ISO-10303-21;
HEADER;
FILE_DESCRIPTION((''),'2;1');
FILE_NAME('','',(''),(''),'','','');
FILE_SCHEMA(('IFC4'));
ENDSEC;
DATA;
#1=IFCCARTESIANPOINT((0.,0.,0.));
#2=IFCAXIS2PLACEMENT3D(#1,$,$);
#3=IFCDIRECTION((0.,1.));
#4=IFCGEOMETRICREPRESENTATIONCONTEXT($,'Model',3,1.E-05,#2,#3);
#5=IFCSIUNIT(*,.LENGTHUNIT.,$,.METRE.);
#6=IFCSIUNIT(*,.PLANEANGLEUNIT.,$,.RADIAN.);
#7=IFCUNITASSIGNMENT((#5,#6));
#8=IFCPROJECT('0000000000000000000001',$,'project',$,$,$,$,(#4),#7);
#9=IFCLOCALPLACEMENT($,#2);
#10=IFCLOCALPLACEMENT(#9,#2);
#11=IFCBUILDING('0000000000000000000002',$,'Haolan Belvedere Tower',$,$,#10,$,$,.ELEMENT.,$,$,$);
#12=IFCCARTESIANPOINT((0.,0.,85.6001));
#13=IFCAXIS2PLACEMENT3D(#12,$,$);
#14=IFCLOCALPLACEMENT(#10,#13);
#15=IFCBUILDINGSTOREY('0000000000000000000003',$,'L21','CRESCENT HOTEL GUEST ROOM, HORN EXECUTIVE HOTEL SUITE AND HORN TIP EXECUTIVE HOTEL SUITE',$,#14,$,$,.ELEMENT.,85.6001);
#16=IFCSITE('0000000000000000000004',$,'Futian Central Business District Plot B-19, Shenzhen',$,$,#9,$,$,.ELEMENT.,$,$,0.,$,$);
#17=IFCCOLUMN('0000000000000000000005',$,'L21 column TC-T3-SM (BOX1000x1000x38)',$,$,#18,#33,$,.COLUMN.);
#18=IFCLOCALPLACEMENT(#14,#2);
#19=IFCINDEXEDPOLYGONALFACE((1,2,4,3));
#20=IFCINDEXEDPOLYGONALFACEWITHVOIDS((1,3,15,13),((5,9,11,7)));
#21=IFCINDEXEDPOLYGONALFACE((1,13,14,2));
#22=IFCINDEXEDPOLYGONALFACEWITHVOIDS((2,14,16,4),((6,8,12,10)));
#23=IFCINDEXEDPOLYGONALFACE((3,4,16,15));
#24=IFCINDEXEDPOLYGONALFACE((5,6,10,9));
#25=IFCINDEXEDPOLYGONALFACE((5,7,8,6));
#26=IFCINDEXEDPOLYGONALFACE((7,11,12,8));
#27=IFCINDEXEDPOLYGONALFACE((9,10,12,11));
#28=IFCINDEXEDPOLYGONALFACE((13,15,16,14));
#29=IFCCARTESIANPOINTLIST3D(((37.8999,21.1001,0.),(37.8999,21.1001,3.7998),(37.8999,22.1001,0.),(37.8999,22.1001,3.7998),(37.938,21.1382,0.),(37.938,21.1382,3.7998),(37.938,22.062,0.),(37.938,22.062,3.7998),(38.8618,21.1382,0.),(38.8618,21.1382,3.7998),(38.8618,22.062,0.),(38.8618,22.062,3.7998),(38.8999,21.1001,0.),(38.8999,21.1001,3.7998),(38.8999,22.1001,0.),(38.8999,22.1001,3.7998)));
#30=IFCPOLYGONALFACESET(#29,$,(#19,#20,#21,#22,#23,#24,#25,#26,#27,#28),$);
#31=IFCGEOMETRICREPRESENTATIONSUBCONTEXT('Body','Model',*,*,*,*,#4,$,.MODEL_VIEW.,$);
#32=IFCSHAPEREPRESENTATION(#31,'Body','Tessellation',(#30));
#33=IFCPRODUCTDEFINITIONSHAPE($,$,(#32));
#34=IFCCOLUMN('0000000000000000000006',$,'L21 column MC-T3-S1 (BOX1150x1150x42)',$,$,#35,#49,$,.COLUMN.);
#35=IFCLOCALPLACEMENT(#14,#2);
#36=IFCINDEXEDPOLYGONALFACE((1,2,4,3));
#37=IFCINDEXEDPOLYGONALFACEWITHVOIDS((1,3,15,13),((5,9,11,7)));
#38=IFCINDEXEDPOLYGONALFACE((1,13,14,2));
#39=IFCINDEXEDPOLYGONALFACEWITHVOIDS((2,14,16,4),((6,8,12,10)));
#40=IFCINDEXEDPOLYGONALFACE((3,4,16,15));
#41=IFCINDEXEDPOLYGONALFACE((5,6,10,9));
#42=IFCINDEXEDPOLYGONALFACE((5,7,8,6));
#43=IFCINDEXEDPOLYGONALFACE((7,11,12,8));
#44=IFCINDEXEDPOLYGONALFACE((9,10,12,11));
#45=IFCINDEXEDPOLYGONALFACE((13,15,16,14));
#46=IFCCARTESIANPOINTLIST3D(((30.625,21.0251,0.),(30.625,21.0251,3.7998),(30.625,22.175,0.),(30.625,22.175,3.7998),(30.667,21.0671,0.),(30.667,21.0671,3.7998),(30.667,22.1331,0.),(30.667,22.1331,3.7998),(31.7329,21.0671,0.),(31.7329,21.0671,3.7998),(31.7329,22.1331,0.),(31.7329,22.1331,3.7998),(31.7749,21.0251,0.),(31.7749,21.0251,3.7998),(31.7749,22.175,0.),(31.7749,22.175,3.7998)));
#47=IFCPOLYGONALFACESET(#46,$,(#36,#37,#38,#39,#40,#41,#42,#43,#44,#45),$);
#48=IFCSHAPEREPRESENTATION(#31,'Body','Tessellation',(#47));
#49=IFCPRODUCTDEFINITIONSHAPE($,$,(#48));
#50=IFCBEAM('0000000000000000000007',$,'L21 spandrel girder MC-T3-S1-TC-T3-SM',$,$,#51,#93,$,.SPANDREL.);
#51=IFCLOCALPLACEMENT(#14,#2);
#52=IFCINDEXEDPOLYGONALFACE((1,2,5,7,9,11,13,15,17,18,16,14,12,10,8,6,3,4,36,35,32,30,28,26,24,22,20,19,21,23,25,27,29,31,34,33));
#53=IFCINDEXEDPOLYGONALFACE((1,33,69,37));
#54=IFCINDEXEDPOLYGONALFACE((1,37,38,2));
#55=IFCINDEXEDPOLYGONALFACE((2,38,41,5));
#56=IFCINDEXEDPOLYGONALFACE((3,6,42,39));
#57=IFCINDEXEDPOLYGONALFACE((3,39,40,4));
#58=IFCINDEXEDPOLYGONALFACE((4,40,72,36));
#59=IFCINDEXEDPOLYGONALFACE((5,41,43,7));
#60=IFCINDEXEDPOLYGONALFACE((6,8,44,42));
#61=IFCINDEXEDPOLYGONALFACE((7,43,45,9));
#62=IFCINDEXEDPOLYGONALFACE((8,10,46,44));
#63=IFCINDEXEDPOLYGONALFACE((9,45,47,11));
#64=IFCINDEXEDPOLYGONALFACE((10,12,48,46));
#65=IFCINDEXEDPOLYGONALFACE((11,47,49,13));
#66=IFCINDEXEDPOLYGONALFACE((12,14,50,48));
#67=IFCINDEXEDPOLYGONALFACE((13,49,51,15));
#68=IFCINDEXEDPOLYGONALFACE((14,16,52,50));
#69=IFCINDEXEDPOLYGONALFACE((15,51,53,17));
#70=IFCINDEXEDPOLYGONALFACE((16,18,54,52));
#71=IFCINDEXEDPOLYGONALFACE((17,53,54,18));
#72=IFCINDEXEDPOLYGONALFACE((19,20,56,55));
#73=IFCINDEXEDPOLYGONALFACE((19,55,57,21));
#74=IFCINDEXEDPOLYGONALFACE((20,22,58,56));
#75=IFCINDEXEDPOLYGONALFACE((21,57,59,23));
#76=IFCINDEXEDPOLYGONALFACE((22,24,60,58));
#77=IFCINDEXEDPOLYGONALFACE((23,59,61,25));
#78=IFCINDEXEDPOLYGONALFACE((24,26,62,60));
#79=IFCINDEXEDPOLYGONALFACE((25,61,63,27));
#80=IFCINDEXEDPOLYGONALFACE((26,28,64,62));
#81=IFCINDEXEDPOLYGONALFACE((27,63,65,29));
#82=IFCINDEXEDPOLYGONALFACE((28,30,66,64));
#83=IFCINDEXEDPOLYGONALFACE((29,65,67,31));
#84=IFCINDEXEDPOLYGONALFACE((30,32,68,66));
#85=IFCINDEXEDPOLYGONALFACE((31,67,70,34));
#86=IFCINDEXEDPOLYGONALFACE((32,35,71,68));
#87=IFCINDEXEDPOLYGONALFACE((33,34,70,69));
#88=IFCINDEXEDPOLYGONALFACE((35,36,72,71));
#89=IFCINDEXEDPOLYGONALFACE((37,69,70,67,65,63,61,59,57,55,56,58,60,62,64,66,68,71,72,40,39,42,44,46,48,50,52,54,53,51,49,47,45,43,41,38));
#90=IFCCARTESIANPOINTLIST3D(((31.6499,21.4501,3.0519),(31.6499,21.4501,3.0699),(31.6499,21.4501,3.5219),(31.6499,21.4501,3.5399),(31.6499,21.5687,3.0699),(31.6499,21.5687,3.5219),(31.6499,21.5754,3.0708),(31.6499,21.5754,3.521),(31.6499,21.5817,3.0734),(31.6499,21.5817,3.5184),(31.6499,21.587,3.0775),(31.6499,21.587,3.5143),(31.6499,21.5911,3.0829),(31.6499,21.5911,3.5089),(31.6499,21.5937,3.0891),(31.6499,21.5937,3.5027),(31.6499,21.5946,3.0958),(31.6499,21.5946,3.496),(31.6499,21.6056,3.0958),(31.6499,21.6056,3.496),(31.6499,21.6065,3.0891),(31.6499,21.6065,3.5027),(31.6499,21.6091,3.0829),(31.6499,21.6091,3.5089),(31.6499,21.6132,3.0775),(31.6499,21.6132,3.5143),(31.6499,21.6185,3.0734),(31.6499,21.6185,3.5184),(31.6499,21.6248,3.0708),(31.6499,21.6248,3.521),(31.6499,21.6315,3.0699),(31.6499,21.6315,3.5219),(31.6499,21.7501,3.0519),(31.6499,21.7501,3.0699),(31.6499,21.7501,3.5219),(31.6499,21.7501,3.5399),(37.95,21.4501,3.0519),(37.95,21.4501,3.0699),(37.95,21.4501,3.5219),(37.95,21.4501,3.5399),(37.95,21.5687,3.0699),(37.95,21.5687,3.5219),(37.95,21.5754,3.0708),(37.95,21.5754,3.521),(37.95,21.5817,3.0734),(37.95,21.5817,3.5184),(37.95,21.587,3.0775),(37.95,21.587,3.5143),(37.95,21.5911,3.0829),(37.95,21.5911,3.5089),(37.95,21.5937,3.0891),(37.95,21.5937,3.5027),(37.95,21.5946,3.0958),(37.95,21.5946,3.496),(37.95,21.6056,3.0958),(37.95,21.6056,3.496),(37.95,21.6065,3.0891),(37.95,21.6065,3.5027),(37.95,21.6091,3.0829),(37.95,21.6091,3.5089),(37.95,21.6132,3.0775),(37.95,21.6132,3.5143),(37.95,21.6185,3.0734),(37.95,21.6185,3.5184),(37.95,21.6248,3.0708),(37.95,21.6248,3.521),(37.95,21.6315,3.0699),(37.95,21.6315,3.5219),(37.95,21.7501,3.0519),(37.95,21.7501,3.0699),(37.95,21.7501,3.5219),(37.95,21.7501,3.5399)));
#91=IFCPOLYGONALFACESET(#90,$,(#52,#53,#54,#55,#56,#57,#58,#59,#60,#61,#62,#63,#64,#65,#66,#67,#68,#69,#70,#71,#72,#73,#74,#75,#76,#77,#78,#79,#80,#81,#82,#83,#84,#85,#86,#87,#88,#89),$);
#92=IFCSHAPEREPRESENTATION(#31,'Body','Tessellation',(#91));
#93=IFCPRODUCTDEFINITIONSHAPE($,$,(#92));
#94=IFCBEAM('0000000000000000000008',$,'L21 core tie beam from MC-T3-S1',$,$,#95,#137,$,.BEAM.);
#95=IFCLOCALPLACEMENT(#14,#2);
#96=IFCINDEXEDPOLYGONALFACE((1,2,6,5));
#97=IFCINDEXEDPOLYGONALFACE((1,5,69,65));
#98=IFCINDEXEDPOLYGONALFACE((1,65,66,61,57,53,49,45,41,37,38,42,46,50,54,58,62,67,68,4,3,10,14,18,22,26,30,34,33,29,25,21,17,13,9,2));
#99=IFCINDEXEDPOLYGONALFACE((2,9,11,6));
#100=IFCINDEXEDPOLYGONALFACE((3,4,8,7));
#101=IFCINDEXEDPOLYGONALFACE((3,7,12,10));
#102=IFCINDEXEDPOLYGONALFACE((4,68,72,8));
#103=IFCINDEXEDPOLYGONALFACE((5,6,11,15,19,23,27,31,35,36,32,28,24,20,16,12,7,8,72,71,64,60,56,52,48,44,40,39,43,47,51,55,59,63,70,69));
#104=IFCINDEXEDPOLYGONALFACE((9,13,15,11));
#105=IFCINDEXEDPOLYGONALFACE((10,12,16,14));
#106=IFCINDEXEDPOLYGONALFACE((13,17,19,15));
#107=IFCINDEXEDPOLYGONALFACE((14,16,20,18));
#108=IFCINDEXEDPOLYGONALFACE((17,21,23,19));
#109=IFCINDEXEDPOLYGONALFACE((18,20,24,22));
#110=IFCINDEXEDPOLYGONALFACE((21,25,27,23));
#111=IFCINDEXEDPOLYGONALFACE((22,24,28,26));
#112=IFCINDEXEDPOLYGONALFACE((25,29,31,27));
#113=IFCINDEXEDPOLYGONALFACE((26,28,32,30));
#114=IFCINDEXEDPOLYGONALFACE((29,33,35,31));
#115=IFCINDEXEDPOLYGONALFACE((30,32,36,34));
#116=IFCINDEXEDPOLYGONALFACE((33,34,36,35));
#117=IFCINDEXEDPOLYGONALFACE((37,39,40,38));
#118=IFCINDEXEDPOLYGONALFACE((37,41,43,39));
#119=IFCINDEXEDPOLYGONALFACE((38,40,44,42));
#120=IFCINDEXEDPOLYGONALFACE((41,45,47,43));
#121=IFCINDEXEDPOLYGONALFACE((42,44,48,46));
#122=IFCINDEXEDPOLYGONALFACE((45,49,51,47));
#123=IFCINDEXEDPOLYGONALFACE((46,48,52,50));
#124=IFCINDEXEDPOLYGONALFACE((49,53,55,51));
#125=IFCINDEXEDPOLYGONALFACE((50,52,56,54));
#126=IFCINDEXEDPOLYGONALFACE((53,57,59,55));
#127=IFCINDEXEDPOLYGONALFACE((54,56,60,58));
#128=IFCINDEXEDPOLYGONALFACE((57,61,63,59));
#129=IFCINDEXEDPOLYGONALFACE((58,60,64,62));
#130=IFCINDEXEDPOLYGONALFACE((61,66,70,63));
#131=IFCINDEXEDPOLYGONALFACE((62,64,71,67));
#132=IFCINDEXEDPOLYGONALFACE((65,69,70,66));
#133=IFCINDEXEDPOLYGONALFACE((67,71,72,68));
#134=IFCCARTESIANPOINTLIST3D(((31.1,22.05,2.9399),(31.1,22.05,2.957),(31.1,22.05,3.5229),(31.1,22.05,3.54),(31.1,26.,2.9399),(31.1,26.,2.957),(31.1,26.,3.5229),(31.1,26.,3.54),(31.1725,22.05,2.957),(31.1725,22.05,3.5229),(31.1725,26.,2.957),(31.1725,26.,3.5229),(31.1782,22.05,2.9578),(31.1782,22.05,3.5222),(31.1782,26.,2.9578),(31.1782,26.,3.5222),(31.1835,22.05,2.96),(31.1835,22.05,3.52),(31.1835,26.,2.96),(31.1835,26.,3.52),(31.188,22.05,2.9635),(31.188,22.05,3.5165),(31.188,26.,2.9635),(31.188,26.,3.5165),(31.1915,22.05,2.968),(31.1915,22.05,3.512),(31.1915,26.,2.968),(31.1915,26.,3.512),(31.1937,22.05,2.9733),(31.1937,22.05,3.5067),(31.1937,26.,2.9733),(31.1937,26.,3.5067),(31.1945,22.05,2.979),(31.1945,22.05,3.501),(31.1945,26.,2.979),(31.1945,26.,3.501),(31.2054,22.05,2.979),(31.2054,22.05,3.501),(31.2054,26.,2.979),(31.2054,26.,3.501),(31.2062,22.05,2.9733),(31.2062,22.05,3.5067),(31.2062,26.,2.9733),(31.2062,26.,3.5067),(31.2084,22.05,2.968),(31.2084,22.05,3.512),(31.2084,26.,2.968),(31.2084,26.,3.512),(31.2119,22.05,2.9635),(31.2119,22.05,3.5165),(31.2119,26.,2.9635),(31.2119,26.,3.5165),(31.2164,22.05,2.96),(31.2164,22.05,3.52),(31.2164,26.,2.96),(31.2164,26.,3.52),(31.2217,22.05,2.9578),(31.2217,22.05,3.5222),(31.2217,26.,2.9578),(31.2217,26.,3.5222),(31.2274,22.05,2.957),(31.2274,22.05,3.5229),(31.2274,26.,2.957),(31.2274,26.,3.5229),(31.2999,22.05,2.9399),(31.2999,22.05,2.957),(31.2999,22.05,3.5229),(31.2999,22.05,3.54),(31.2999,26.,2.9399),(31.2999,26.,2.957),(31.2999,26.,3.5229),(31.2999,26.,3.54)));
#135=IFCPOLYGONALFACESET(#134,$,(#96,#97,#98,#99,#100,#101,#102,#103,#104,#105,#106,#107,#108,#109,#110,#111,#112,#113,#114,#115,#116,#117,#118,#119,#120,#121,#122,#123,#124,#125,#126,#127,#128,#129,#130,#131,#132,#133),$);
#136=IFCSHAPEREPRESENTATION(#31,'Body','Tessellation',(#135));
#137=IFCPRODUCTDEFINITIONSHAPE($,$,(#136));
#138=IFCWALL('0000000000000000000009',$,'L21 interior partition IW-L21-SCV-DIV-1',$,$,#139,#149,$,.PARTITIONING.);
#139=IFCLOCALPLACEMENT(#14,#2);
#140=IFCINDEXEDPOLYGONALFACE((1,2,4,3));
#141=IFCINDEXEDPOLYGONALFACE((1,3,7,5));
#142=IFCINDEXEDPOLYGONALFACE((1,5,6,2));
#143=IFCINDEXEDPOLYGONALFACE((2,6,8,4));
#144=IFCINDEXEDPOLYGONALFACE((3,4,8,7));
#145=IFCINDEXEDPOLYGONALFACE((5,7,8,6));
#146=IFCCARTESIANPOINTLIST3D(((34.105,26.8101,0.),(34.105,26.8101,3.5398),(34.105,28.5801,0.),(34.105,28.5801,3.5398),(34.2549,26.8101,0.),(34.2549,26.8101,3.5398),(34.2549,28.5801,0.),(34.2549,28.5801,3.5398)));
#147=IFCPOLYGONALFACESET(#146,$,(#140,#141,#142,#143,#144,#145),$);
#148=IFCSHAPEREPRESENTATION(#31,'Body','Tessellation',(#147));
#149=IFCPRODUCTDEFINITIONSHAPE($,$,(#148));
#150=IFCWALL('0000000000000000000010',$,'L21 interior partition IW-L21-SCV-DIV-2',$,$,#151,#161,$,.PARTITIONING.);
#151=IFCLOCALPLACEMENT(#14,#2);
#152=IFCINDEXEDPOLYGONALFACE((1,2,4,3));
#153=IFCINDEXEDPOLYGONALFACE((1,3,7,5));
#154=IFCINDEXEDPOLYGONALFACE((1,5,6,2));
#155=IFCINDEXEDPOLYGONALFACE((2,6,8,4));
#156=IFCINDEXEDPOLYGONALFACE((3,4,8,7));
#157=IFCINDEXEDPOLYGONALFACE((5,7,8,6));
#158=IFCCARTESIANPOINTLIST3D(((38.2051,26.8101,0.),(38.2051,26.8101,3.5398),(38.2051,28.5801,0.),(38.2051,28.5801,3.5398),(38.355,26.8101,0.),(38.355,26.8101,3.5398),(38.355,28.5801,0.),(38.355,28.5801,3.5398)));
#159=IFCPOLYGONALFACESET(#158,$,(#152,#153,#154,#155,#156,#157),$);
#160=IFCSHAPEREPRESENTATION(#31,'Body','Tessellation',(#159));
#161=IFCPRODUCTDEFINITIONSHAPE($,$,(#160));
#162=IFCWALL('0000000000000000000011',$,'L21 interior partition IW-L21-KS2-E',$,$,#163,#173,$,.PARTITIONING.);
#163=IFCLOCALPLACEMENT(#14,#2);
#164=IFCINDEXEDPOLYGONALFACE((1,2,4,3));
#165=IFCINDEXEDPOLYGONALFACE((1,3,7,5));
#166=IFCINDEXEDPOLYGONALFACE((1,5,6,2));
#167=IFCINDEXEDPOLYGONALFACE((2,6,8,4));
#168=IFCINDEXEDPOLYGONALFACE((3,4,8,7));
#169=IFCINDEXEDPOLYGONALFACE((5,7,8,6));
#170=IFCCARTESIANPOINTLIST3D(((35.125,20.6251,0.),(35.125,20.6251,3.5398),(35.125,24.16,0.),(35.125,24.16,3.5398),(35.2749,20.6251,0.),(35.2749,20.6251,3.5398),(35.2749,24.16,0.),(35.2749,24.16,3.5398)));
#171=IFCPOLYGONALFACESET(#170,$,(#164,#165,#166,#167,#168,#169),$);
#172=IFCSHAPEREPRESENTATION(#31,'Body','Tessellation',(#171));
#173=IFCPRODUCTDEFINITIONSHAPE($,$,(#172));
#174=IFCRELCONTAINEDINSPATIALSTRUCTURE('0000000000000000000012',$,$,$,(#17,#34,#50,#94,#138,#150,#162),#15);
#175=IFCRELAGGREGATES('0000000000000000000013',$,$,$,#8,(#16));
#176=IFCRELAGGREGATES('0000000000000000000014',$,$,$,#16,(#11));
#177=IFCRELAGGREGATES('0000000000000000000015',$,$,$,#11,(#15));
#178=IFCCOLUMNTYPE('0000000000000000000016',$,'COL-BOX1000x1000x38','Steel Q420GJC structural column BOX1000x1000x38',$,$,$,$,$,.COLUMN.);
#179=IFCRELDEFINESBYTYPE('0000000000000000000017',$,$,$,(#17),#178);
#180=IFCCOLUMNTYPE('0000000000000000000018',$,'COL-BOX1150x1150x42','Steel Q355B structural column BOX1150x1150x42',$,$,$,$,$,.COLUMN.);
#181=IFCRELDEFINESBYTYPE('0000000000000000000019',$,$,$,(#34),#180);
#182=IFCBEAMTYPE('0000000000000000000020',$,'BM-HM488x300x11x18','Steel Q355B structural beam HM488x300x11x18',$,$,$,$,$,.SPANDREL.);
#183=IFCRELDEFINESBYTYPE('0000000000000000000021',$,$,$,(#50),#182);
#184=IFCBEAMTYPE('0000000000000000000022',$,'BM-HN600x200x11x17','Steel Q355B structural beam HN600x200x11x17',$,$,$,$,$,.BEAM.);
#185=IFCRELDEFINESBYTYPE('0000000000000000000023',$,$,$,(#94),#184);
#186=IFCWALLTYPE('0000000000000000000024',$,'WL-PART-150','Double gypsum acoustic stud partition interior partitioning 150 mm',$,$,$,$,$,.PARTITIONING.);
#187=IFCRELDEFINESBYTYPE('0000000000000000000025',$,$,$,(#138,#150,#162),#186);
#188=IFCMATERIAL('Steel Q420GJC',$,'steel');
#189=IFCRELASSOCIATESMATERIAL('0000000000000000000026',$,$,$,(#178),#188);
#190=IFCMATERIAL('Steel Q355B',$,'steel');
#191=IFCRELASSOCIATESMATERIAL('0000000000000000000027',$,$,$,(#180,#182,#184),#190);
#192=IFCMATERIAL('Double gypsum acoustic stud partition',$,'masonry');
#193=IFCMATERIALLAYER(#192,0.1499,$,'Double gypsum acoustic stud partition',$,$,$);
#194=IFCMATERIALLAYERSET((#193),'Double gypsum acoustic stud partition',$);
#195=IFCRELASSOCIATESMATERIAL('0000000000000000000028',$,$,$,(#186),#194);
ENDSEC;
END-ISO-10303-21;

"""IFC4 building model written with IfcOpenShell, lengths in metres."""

from ifc_helpers import new_model, si_unit, direction, frame, frame_2d, origin, origin_2d, place, context, subcontext, project, spatial, rectangle, hollow_rectangle, i_section, extrude, material, layer, layer_set, material_profile, profile_set, type_object, element, save


model = new_model("IFC4")

# Units and contexts
model_context = context("Model", 3, precision=1e-05, world=origin(), true_north=direction((0.0, 1.0)))
body_context = subcontext(model_context, "Body", "Model", "MODEL_VIEW")
ifc_project = project(units=[si_unit("LENGTHUNIT", "METRE"), si_unit("PLANEANGLEUNIT", "RADIAN")], contexts=[model_context])

# Site, building, storey
site_placement = place(None, origin())
site = spatial("IfcSite", under=ifc_project, at=site_placement, Name="Futian Central Business District Plot B-19, Shenzhen", CompositionType="ELEMENT", RefElevation=0.0)
building_placement = place(site_placement, origin())
building = spatial("IfcBuilding", under=site, at=building_placement, Name="Haolan Belvedere Tower", CompositionType="ELEMENT")
storey_placement = place(building_placement, frame((0.0, 0.0, 85.6001)))
storey = spatial("IfcBuildingStorey", under=building, at=storey_placement, Name="L21", Description="CRESCENT HOTEL GUEST ROOM, HORN EXECUTIVE HOTEL SUITE AND HORN TIP EXECUTIVE HOTEL SUITE", CompositionType="ELEMENT", Elevation=85.6001)

# Columns
ifc_material_1 = material(Name="Steel Q420GJC", Category="steel")
ifc_material_profile_1 = material_profile(ifc_material_1, hollow_rectangle(XDim=1.0, YDim=1.0, WallThickness=0.0381, at=origin_2d()), Name="Steel Q420GJC")
ifc_profile_set_1 = profile_set([ifc_material_profile_1], Name="Steel Q420GJC")
column_type_1 = type_object("IfcColumnType", Name="COL-BOX1000x1000x38", Description="Steel Q420GJC structural column BOX1000x1000x38", PredefinedType="COLUMN", material=ifc_profile_set_1)
column_1_placement = place(storey_placement, frame((38.3999, 21.6001, 0.0), z_axis=(0.0, 0.0, 1.0), x_axis=(1.0, 0.0, 0.0)))
element("IfcColumn", 1, at=column_1_placement, inside=storey, type_object=column_type_1, Name="L21 column TC-T3-SM (BOX1000x1000x38)", PredefinedType="COLUMN", context=body_context, shape_type="SweptSolid", body=[
    extrude(hollow_rectangle(XDim=1.0, YDim=1.0, WallThickness=0.0381, at=origin_2d()), origin(), (0.0, 0.0, 1.0), 3.7998),
])
ifc_material_2 = material(Name="Steel Q355B", Category="steel")
ifc_material_profile_2 = material_profile(ifc_material_2, hollow_rectangle(XDim=1.1499, YDim=1.1499, WallThickness=0.042, at=origin_2d()), Name="Steel Q355B")
ifc_profile_set_2 = profile_set([ifc_material_profile_2], Name="Steel Q355B")
column_type_2 = type_object("IfcColumnType", Name="COL-BOX1150x1150x42", Description="Steel Q355B structural column BOX1150x1150x42", PredefinedType="COLUMN", material=ifc_profile_set_2)
column_2_placement = place(storey_placement, frame((31.2, 21.6001, 0.0), z_axis=(0.0, 0.0, 1.0), x_axis=(1.0, 0.0, 0.0)))
element("IfcColumn", 2, at=column_2_placement, inside=storey, type_object=column_type_2, Name="L21 column MC-T3-S1 (BOX1150x1150x42)", PredefinedType="COLUMN", context=body_context, shape_type="SweptSolid", body=[
    extrude(hollow_rectangle(XDim=1.1499, YDim=1.1499, WallThickness=0.042, at=origin_2d()), origin(), (0.0, 0.0, 1.0), 3.7998),
])

# Beams
ifc_material_profile_3 = material_profile(ifc_material_2, i_section(OverallWidth=0.3, OverallDepth=0.488, WebThickness=0.011, FlangeThickness=0.0181, FilletRadius=0.0259, at=origin_2d()), Name="Steel Q355B")
ifc_profile_set_3 = profile_set([ifc_material_profile_3], Name="Steel Q355B")
beam_type_1 = type_object("IfcBeamType", Name="BM-HM488x300x11x18", Description="Steel Q355B structural beam HM488x300x11x18", PredefinedType="SPANDREL", material=ifc_profile_set_3)
beam_1_placement = place(storey_placement, frame((31.6499, 21.6001, 3.2959), z_axis=(1.0, 0.0, 0.0), x_axis=(0.0, 1.0, 0.0)))
element("IfcBeam", 3, at=beam_1_placement, inside=storey, type_object=beam_type_1, Name="L21 spandrel girder MC-T3-S1-TC-T3-SM", PredefinedType="SPANDREL", context=body_context, shape_type="SweptSolid", body=[
    extrude(i_section(OverallWidth=0.3, OverallDepth=0.488, WebThickness=0.011, FlangeThickness=0.0181, FilletRadius=0.0259, at=origin_2d()), origin(), (0.0, 0.0, 1.0), 6.3),
])
ifc_material_profile_4 = material_profile(ifc_material_2, i_section(OverallWidth=0.2, OverallDepth=0.6001, WebThickness=0.011, FlangeThickness=0.0171, FilletRadius=0.022, at=origin_2d()), Name="Steel Q355B")
ifc_profile_set_4 = profile_set([ifc_material_profile_4], Name="Steel Q355B")
beam_type_2 = type_object("IfcBeamType", Name="BM-HN600x200x11x17", Description="Steel Q355B structural beam HN600x200x11x17", PredefinedType="BEAM", material=ifc_profile_set_4)
beam_2_placement = place(storey_placement, frame((31.2, 22.05, 3.24), z_axis=(0.0, 1.0, 0.0), x_axis=(-1.0, 0.0, 0.0)))
element("IfcBeam", 4, at=beam_2_placement, inside=storey, type_object=beam_type_2, Name="L21 core tie beam from MC-T3-S1", PredefinedType="BEAM", context=body_context, shape_type="SweptSolid", body=[
    extrude(i_section(OverallWidth=0.2, OverallDepth=0.6001, WebThickness=0.011, FlangeThickness=0.0171, FilletRadius=0.022, at=origin_2d()), origin(), (0.0, 0.0, 1.0), 3.95),
])

# Walls
ifc_material_3 = material(Name="Double gypsum acoustic stud partition", Category="masonry")
ifc_layer_1 = layer(ifc_material_3, 0.1499, Name="Double gypsum acoustic stud partition")
ifc_layer_set_1 = layer_set([ifc_layer_1], Name="Double gypsum acoustic stud partition")
wall_type_1 = type_object("IfcWallType", Name="WL-PART-150", Description="Double gypsum acoustic stud partition interior partitioning 150 mm", PredefinedType="PARTITIONING", material=ifc_layer_set_1)
for number, where, z_axis, x_axis, name in (
    (5, (34.1799, 26.8101, 0.0), (0.0, 0.0, 1.0), (0.0, 1.0, 0.0), "L21 interior partition IW-L21-SCV-DIV-1"),
    (6, (38.28, 26.8101, 0.0), (0.0, 0.0, 1.0), (0.0, 1.0, 0.0), "L21 interior partition IW-L21-SCV-DIV-2"),
):
    element("IfcWall", number, at=place(storey_placement, frame(where, z_axis=z_axis, x_axis=x_axis)), inside=storey, type_object=wall_type_1, Name=name, PredefinedType="PARTITIONING", context=body_context, shape_type="SweptSolid", body=[
        extrude(rectangle(XDim=1.77, YDim=0.1499, at=frame_2d((0.885, 0.0))), origin(), (0.0, 0.0, 1.0), 3.5398),
    ])
wall_1_placement = place(storey_placement, frame((35.2, 20.625, 0.0), z_axis=(0.0, 0.0, 1.0), x_axis=(0.0, 1.0, 0.0)))
element("IfcWall", 7, at=wall_1_placement, inside=storey, type_object=wall_type_1, Name="L21 interior partition IW-L21-KS2-E", PredefinedType="PARTITIONING", context=body_context, shape_type="SweptSolid", body=[
    extrude(rectangle(XDim=3.5349, YDim=0.1499, at=frame_2d((1.7676, 0.0))), origin(), (0.0, 0.0, 1.0), 3.5398),
])

save(model, "model.ifc")
